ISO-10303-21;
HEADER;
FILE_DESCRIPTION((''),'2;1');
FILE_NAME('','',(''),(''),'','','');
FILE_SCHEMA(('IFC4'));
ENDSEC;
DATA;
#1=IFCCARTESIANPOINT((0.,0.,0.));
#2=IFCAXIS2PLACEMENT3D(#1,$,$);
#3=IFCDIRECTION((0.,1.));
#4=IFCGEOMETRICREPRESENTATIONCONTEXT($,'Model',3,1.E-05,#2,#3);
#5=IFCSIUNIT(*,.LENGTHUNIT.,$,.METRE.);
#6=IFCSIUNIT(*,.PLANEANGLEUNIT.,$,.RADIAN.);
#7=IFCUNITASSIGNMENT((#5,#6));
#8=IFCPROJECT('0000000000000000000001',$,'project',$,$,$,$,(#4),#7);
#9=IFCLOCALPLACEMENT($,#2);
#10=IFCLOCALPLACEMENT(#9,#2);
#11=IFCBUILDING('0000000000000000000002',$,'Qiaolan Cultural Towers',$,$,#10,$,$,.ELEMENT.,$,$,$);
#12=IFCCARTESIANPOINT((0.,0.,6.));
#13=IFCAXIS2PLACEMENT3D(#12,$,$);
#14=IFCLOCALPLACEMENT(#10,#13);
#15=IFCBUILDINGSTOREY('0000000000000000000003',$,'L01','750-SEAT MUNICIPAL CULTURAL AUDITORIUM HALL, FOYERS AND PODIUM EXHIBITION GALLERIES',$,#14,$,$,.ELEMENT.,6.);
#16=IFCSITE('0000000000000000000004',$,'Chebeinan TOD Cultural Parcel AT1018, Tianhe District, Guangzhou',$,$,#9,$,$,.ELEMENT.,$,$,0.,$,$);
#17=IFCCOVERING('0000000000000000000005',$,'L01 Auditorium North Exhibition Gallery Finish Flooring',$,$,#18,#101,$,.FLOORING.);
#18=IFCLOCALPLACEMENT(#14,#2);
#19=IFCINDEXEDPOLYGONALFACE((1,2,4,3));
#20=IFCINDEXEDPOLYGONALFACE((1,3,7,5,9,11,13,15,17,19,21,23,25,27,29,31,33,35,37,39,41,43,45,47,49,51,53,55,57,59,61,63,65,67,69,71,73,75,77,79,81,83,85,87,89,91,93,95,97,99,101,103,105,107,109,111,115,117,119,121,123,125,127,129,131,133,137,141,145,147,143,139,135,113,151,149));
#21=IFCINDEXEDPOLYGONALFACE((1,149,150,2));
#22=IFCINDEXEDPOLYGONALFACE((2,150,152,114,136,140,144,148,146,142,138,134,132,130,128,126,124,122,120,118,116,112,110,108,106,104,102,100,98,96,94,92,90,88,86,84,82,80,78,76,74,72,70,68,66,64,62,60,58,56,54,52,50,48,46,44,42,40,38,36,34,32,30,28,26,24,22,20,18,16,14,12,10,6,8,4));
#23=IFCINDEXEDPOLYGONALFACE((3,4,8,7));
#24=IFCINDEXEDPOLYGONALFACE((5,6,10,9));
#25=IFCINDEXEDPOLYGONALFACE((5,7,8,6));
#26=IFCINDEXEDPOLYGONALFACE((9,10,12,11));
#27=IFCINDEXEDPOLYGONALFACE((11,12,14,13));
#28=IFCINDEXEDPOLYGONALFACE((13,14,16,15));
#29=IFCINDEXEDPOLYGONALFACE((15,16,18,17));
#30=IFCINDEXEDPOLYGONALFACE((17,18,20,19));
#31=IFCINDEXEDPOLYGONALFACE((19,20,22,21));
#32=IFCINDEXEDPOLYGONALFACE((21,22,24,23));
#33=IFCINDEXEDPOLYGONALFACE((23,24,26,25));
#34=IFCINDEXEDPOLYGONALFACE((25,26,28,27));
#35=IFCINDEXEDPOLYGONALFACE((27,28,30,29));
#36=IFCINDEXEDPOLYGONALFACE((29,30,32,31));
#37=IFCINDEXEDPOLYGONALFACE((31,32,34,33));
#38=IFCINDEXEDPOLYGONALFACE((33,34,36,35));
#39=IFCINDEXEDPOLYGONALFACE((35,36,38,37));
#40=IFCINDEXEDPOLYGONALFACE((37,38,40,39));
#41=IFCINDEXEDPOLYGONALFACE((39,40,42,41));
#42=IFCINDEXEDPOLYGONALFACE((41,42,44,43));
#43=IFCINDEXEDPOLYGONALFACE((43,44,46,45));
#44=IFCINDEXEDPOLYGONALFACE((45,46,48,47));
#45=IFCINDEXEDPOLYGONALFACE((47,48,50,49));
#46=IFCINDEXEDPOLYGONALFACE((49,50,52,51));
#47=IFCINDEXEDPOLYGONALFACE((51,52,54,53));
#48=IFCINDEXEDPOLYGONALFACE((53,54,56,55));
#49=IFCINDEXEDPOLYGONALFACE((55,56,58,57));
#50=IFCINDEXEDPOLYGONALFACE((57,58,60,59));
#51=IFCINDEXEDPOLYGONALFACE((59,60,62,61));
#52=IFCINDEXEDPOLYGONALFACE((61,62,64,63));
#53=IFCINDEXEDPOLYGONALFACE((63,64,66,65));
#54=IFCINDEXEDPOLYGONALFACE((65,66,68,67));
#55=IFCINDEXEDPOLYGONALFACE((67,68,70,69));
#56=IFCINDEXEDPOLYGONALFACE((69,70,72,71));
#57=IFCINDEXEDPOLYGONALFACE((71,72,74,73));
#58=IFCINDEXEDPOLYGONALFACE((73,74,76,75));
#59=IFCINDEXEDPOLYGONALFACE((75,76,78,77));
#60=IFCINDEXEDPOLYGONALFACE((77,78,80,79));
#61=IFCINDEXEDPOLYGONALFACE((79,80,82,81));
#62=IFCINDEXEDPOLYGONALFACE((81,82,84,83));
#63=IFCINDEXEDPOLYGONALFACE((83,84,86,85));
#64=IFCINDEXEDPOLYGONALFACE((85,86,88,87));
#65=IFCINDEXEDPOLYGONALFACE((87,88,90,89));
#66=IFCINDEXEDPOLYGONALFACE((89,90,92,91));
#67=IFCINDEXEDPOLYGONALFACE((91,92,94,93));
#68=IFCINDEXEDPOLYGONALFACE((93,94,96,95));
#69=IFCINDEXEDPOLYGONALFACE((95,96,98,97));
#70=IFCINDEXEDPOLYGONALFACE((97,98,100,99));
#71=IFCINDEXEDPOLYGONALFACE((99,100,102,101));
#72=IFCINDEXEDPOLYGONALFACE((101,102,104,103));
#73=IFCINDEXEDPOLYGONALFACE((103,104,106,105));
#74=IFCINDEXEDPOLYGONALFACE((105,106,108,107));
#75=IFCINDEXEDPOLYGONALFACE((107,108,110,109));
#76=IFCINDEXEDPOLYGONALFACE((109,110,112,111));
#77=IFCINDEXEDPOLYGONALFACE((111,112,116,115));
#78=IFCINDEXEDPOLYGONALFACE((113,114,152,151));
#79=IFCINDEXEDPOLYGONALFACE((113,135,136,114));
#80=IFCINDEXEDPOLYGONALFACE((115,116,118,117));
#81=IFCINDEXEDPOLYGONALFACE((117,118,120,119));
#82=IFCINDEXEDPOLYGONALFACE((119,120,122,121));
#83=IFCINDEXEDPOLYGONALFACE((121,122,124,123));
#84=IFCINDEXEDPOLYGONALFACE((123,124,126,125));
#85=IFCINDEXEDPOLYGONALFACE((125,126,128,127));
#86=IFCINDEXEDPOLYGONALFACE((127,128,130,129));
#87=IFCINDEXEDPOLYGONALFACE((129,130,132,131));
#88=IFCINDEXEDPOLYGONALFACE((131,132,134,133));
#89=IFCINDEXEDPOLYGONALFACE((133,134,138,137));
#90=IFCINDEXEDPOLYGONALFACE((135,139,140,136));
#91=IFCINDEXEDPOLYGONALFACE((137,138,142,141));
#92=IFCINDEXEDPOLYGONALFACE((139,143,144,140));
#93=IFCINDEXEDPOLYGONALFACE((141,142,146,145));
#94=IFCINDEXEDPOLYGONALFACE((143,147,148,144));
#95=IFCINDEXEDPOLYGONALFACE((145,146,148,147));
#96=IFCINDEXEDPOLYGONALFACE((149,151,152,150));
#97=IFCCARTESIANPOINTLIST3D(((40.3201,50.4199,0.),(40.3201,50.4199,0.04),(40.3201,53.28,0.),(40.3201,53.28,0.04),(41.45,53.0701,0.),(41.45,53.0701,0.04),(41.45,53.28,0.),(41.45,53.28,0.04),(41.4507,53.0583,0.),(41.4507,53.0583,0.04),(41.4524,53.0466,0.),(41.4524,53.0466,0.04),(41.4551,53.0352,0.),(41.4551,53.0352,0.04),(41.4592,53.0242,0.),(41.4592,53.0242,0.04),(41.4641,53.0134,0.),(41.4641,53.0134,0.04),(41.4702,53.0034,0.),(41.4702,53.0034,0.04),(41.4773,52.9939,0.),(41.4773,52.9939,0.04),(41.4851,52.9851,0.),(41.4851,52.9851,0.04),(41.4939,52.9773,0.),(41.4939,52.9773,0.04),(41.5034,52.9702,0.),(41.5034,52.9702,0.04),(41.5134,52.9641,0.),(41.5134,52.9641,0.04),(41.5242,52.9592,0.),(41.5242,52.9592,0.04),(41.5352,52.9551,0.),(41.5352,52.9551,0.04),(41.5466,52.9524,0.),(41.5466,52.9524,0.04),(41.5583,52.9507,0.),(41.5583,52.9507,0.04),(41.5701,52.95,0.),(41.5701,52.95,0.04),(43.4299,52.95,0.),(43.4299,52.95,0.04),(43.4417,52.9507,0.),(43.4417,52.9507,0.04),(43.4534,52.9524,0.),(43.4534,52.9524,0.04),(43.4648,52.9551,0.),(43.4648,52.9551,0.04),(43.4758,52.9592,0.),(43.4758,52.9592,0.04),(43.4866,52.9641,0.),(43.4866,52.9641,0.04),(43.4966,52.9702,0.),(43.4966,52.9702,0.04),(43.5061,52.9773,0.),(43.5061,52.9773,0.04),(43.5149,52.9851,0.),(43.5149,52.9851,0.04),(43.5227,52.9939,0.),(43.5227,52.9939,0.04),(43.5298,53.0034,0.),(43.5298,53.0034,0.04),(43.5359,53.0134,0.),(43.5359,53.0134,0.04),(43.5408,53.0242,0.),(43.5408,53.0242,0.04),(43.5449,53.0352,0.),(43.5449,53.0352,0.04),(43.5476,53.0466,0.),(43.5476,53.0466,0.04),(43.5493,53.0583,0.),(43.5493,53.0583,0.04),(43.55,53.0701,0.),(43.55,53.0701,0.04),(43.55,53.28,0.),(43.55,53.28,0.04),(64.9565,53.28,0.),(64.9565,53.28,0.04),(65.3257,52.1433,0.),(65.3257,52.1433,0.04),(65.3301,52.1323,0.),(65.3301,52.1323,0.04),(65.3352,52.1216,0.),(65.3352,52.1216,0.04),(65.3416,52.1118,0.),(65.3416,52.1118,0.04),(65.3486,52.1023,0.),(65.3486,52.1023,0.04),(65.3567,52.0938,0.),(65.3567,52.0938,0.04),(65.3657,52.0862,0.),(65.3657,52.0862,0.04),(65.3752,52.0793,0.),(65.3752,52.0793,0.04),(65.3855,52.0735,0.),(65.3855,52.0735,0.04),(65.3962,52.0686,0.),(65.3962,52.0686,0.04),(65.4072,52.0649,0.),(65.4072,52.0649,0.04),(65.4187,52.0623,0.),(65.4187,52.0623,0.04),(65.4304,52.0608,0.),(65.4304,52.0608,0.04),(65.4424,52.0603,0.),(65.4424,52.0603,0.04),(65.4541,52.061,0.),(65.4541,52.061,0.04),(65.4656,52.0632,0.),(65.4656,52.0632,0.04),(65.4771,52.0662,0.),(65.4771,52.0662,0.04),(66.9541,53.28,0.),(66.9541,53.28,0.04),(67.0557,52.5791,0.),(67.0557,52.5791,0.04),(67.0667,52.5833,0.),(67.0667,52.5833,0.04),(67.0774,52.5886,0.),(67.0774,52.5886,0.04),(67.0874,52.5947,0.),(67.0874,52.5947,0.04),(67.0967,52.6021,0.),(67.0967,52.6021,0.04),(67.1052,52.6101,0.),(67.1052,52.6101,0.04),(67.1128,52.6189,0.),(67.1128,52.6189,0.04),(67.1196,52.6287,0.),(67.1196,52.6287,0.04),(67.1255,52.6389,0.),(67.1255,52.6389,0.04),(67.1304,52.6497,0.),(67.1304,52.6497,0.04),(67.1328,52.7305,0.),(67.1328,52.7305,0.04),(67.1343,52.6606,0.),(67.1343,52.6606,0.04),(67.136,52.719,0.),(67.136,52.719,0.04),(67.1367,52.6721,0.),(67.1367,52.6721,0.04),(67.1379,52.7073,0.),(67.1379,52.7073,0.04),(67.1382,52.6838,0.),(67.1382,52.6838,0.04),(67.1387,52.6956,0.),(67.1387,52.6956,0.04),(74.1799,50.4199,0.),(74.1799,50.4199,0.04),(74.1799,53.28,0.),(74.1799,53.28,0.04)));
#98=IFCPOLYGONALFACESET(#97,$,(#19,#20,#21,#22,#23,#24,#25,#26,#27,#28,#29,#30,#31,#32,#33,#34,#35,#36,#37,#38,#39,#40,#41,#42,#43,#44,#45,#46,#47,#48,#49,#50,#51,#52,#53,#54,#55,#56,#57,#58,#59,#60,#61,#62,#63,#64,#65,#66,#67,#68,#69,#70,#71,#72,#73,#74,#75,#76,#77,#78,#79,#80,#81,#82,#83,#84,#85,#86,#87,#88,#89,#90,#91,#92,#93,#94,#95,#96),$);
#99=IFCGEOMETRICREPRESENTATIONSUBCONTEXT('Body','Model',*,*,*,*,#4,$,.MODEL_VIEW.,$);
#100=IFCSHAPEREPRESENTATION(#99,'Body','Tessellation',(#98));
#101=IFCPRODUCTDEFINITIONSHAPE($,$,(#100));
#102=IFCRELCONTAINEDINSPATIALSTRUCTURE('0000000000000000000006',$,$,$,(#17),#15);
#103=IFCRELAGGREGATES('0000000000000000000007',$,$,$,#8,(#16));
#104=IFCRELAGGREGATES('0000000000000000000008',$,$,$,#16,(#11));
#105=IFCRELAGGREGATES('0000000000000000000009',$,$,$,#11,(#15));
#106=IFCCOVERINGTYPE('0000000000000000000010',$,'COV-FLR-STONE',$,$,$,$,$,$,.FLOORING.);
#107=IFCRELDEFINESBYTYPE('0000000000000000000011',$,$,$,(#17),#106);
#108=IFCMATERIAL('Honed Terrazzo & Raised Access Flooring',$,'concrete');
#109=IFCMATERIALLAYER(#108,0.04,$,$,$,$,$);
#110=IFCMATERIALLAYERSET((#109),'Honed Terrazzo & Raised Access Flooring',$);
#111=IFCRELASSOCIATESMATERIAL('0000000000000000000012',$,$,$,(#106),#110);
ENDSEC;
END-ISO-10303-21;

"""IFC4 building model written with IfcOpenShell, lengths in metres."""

from ifc_helpers import new_model, si_unit, direction, frame, origin, place, context, subcontext, project, spatial, polyline, outline, extrude, material, layer, layer_set, type_object, element, save


model = new_model("IFC4")

# Units and contexts
model_context = context("Model", 3, precision=1e-05, world=origin(), true_north=direction((0.0, 1.0)))
body_context = subcontext(model_context, "Body", "Model", "MODEL_VIEW")
ifc_project = project(units=[si_unit("LENGTHUNIT", "METRE"), si_unit("PLANEANGLEUNIT", "RADIAN")], contexts=[model_context])

# Site, building, storey
site_placement = place(None, origin())
site = spatial("IfcSite", under=ifc_project, at=site_placement, Name="Chebeinan TOD Cultural Parcel AT1018, Tianhe District, Guangzhou", CompositionType="ELEMENT", RefElevation=0.0)
building_placement = place(site_placement, origin())
building = spatial("IfcBuilding", under=site, at=building_placement, Name="Qiaolan Cultural Towers", CompositionType="ELEMENT")
storey_placement = place(building_placement, frame((0.0, 0.0, 6.0)))
storey = spatial("IfcBuildingStorey", under=building, at=storey_placement, Name="L01", Description="750-SEAT MUNICIPAL CULTURAL AUDITORIUM HALL, FOYERS AND PODIUM EXHIBITION GALLERIES", CompositionType="ELEMENT", Elevation=6.0)

# Covering
ifc_material_1 = material(Name="Honed Terrazzo & Raised Access Flooring", Category="concrete")
ifc_layer_1 = layer(ifc_material_1, 0.04)
ifc_layer_set_1 = layer_set([ifc_layer_1], Name="Honed Terrazzo & Raised Access Flooring")
covering_type = type_object("IfcCoveringType", Name="COV-FLR-STONE", PredefinedType="FLOORING", material=ifc_layer_set_1)
covering_1_placement = place(storey_placement, origin())
element("IfcCovering", 1, at=covering_1_placement, inside=storey, type_object=covering_type, Name="L01 Auditorium North Exhibition Gallery Finish Flooring", PredefinedType="FLOORING", context=body_context, shape_type="SweptSolid", body=[
    extrude(outline(polyline([(74.1799, 53.28), (66.9541, 53.28), (67.1328, 52.7305), (67.136, 52.719), (67.1379, 52.7073), (67.1387, 52.6956), (67.1382, 52.6838), (67.1367, 52.6721), (67.1343, 52.6606), (67.1304, 52.6497), (67.1255, 52.6389), (67.1196, 52.6287), (67.1128, 52.6189), (67.1052, 52.6101), (67.0967, 52.6021), (67.0874, 52.5947), (67.0774, 52.5886), (67.0667, 52.5833), (67.0557, 52.5791), (65.4771, 52.0662), (65.4656, 52.0632), (65.4541, 52.061), (65.4424, 52.0603), (65.4304, 52.0608), (65.4187, 52.0623), (65.4072, 52.0649), (65.3962, 52.0686), (65.3855, 52.0735), (65.3752, 52.0793), (65.3657, 52.0862), (65.3567, 52.0938), (65.3486, 52.1023), (65.3416, 52.1118), (65.3352, 52.1216), (65.3301, 52.1323), (65.3257, 52.1433), (64.9565, 53.28), (43.55, 53.28), (43.55, 53.0701), (43.5493, 53.0583), (43.5476, 53.0466), (43.5449, 53.0352), (43.5408, 53.0242), (43.5359, 53.0134), (43.5298, 53.0034), (43.5227, 52.9939), (43.5149, 52.9851), (43.5061, 52.9773), (43.4966, 52.9702), (43.4866, 52.9641), (43.4758, 52.9592), (43.4648, 52.9551), (43.4534, 52.9524), (43.4417, 52.9507), (43.4299, 52.95), (41.5701, 52.95), (41.5583, 52.9507), (41.5466, 52.9524), (41.5352, 52.9551), (41.5242, 52.9592), (41.5134, 52.9641), (41.5034, 52.9702), (41.4939, 52.9773), (41.4851, 52.9851), (41.4773, 52.9939), (41.4702, 53.0034), (41.4641, 53.0134), (41.4592, 53.0242), (41.4551, 53.0352), (41.4524, 53.0466), (41.4507, 53.0583), (41.45, 53.0701), (41.45, 53.28), (40.3201, 53.28), (40.3201, 50.4199), (74.1799, 50.4199), (74.1799, 53.28)])), origin(), (0.0, 0.0, 1.0), 0.04),
])

save(model, "model.ifc")
